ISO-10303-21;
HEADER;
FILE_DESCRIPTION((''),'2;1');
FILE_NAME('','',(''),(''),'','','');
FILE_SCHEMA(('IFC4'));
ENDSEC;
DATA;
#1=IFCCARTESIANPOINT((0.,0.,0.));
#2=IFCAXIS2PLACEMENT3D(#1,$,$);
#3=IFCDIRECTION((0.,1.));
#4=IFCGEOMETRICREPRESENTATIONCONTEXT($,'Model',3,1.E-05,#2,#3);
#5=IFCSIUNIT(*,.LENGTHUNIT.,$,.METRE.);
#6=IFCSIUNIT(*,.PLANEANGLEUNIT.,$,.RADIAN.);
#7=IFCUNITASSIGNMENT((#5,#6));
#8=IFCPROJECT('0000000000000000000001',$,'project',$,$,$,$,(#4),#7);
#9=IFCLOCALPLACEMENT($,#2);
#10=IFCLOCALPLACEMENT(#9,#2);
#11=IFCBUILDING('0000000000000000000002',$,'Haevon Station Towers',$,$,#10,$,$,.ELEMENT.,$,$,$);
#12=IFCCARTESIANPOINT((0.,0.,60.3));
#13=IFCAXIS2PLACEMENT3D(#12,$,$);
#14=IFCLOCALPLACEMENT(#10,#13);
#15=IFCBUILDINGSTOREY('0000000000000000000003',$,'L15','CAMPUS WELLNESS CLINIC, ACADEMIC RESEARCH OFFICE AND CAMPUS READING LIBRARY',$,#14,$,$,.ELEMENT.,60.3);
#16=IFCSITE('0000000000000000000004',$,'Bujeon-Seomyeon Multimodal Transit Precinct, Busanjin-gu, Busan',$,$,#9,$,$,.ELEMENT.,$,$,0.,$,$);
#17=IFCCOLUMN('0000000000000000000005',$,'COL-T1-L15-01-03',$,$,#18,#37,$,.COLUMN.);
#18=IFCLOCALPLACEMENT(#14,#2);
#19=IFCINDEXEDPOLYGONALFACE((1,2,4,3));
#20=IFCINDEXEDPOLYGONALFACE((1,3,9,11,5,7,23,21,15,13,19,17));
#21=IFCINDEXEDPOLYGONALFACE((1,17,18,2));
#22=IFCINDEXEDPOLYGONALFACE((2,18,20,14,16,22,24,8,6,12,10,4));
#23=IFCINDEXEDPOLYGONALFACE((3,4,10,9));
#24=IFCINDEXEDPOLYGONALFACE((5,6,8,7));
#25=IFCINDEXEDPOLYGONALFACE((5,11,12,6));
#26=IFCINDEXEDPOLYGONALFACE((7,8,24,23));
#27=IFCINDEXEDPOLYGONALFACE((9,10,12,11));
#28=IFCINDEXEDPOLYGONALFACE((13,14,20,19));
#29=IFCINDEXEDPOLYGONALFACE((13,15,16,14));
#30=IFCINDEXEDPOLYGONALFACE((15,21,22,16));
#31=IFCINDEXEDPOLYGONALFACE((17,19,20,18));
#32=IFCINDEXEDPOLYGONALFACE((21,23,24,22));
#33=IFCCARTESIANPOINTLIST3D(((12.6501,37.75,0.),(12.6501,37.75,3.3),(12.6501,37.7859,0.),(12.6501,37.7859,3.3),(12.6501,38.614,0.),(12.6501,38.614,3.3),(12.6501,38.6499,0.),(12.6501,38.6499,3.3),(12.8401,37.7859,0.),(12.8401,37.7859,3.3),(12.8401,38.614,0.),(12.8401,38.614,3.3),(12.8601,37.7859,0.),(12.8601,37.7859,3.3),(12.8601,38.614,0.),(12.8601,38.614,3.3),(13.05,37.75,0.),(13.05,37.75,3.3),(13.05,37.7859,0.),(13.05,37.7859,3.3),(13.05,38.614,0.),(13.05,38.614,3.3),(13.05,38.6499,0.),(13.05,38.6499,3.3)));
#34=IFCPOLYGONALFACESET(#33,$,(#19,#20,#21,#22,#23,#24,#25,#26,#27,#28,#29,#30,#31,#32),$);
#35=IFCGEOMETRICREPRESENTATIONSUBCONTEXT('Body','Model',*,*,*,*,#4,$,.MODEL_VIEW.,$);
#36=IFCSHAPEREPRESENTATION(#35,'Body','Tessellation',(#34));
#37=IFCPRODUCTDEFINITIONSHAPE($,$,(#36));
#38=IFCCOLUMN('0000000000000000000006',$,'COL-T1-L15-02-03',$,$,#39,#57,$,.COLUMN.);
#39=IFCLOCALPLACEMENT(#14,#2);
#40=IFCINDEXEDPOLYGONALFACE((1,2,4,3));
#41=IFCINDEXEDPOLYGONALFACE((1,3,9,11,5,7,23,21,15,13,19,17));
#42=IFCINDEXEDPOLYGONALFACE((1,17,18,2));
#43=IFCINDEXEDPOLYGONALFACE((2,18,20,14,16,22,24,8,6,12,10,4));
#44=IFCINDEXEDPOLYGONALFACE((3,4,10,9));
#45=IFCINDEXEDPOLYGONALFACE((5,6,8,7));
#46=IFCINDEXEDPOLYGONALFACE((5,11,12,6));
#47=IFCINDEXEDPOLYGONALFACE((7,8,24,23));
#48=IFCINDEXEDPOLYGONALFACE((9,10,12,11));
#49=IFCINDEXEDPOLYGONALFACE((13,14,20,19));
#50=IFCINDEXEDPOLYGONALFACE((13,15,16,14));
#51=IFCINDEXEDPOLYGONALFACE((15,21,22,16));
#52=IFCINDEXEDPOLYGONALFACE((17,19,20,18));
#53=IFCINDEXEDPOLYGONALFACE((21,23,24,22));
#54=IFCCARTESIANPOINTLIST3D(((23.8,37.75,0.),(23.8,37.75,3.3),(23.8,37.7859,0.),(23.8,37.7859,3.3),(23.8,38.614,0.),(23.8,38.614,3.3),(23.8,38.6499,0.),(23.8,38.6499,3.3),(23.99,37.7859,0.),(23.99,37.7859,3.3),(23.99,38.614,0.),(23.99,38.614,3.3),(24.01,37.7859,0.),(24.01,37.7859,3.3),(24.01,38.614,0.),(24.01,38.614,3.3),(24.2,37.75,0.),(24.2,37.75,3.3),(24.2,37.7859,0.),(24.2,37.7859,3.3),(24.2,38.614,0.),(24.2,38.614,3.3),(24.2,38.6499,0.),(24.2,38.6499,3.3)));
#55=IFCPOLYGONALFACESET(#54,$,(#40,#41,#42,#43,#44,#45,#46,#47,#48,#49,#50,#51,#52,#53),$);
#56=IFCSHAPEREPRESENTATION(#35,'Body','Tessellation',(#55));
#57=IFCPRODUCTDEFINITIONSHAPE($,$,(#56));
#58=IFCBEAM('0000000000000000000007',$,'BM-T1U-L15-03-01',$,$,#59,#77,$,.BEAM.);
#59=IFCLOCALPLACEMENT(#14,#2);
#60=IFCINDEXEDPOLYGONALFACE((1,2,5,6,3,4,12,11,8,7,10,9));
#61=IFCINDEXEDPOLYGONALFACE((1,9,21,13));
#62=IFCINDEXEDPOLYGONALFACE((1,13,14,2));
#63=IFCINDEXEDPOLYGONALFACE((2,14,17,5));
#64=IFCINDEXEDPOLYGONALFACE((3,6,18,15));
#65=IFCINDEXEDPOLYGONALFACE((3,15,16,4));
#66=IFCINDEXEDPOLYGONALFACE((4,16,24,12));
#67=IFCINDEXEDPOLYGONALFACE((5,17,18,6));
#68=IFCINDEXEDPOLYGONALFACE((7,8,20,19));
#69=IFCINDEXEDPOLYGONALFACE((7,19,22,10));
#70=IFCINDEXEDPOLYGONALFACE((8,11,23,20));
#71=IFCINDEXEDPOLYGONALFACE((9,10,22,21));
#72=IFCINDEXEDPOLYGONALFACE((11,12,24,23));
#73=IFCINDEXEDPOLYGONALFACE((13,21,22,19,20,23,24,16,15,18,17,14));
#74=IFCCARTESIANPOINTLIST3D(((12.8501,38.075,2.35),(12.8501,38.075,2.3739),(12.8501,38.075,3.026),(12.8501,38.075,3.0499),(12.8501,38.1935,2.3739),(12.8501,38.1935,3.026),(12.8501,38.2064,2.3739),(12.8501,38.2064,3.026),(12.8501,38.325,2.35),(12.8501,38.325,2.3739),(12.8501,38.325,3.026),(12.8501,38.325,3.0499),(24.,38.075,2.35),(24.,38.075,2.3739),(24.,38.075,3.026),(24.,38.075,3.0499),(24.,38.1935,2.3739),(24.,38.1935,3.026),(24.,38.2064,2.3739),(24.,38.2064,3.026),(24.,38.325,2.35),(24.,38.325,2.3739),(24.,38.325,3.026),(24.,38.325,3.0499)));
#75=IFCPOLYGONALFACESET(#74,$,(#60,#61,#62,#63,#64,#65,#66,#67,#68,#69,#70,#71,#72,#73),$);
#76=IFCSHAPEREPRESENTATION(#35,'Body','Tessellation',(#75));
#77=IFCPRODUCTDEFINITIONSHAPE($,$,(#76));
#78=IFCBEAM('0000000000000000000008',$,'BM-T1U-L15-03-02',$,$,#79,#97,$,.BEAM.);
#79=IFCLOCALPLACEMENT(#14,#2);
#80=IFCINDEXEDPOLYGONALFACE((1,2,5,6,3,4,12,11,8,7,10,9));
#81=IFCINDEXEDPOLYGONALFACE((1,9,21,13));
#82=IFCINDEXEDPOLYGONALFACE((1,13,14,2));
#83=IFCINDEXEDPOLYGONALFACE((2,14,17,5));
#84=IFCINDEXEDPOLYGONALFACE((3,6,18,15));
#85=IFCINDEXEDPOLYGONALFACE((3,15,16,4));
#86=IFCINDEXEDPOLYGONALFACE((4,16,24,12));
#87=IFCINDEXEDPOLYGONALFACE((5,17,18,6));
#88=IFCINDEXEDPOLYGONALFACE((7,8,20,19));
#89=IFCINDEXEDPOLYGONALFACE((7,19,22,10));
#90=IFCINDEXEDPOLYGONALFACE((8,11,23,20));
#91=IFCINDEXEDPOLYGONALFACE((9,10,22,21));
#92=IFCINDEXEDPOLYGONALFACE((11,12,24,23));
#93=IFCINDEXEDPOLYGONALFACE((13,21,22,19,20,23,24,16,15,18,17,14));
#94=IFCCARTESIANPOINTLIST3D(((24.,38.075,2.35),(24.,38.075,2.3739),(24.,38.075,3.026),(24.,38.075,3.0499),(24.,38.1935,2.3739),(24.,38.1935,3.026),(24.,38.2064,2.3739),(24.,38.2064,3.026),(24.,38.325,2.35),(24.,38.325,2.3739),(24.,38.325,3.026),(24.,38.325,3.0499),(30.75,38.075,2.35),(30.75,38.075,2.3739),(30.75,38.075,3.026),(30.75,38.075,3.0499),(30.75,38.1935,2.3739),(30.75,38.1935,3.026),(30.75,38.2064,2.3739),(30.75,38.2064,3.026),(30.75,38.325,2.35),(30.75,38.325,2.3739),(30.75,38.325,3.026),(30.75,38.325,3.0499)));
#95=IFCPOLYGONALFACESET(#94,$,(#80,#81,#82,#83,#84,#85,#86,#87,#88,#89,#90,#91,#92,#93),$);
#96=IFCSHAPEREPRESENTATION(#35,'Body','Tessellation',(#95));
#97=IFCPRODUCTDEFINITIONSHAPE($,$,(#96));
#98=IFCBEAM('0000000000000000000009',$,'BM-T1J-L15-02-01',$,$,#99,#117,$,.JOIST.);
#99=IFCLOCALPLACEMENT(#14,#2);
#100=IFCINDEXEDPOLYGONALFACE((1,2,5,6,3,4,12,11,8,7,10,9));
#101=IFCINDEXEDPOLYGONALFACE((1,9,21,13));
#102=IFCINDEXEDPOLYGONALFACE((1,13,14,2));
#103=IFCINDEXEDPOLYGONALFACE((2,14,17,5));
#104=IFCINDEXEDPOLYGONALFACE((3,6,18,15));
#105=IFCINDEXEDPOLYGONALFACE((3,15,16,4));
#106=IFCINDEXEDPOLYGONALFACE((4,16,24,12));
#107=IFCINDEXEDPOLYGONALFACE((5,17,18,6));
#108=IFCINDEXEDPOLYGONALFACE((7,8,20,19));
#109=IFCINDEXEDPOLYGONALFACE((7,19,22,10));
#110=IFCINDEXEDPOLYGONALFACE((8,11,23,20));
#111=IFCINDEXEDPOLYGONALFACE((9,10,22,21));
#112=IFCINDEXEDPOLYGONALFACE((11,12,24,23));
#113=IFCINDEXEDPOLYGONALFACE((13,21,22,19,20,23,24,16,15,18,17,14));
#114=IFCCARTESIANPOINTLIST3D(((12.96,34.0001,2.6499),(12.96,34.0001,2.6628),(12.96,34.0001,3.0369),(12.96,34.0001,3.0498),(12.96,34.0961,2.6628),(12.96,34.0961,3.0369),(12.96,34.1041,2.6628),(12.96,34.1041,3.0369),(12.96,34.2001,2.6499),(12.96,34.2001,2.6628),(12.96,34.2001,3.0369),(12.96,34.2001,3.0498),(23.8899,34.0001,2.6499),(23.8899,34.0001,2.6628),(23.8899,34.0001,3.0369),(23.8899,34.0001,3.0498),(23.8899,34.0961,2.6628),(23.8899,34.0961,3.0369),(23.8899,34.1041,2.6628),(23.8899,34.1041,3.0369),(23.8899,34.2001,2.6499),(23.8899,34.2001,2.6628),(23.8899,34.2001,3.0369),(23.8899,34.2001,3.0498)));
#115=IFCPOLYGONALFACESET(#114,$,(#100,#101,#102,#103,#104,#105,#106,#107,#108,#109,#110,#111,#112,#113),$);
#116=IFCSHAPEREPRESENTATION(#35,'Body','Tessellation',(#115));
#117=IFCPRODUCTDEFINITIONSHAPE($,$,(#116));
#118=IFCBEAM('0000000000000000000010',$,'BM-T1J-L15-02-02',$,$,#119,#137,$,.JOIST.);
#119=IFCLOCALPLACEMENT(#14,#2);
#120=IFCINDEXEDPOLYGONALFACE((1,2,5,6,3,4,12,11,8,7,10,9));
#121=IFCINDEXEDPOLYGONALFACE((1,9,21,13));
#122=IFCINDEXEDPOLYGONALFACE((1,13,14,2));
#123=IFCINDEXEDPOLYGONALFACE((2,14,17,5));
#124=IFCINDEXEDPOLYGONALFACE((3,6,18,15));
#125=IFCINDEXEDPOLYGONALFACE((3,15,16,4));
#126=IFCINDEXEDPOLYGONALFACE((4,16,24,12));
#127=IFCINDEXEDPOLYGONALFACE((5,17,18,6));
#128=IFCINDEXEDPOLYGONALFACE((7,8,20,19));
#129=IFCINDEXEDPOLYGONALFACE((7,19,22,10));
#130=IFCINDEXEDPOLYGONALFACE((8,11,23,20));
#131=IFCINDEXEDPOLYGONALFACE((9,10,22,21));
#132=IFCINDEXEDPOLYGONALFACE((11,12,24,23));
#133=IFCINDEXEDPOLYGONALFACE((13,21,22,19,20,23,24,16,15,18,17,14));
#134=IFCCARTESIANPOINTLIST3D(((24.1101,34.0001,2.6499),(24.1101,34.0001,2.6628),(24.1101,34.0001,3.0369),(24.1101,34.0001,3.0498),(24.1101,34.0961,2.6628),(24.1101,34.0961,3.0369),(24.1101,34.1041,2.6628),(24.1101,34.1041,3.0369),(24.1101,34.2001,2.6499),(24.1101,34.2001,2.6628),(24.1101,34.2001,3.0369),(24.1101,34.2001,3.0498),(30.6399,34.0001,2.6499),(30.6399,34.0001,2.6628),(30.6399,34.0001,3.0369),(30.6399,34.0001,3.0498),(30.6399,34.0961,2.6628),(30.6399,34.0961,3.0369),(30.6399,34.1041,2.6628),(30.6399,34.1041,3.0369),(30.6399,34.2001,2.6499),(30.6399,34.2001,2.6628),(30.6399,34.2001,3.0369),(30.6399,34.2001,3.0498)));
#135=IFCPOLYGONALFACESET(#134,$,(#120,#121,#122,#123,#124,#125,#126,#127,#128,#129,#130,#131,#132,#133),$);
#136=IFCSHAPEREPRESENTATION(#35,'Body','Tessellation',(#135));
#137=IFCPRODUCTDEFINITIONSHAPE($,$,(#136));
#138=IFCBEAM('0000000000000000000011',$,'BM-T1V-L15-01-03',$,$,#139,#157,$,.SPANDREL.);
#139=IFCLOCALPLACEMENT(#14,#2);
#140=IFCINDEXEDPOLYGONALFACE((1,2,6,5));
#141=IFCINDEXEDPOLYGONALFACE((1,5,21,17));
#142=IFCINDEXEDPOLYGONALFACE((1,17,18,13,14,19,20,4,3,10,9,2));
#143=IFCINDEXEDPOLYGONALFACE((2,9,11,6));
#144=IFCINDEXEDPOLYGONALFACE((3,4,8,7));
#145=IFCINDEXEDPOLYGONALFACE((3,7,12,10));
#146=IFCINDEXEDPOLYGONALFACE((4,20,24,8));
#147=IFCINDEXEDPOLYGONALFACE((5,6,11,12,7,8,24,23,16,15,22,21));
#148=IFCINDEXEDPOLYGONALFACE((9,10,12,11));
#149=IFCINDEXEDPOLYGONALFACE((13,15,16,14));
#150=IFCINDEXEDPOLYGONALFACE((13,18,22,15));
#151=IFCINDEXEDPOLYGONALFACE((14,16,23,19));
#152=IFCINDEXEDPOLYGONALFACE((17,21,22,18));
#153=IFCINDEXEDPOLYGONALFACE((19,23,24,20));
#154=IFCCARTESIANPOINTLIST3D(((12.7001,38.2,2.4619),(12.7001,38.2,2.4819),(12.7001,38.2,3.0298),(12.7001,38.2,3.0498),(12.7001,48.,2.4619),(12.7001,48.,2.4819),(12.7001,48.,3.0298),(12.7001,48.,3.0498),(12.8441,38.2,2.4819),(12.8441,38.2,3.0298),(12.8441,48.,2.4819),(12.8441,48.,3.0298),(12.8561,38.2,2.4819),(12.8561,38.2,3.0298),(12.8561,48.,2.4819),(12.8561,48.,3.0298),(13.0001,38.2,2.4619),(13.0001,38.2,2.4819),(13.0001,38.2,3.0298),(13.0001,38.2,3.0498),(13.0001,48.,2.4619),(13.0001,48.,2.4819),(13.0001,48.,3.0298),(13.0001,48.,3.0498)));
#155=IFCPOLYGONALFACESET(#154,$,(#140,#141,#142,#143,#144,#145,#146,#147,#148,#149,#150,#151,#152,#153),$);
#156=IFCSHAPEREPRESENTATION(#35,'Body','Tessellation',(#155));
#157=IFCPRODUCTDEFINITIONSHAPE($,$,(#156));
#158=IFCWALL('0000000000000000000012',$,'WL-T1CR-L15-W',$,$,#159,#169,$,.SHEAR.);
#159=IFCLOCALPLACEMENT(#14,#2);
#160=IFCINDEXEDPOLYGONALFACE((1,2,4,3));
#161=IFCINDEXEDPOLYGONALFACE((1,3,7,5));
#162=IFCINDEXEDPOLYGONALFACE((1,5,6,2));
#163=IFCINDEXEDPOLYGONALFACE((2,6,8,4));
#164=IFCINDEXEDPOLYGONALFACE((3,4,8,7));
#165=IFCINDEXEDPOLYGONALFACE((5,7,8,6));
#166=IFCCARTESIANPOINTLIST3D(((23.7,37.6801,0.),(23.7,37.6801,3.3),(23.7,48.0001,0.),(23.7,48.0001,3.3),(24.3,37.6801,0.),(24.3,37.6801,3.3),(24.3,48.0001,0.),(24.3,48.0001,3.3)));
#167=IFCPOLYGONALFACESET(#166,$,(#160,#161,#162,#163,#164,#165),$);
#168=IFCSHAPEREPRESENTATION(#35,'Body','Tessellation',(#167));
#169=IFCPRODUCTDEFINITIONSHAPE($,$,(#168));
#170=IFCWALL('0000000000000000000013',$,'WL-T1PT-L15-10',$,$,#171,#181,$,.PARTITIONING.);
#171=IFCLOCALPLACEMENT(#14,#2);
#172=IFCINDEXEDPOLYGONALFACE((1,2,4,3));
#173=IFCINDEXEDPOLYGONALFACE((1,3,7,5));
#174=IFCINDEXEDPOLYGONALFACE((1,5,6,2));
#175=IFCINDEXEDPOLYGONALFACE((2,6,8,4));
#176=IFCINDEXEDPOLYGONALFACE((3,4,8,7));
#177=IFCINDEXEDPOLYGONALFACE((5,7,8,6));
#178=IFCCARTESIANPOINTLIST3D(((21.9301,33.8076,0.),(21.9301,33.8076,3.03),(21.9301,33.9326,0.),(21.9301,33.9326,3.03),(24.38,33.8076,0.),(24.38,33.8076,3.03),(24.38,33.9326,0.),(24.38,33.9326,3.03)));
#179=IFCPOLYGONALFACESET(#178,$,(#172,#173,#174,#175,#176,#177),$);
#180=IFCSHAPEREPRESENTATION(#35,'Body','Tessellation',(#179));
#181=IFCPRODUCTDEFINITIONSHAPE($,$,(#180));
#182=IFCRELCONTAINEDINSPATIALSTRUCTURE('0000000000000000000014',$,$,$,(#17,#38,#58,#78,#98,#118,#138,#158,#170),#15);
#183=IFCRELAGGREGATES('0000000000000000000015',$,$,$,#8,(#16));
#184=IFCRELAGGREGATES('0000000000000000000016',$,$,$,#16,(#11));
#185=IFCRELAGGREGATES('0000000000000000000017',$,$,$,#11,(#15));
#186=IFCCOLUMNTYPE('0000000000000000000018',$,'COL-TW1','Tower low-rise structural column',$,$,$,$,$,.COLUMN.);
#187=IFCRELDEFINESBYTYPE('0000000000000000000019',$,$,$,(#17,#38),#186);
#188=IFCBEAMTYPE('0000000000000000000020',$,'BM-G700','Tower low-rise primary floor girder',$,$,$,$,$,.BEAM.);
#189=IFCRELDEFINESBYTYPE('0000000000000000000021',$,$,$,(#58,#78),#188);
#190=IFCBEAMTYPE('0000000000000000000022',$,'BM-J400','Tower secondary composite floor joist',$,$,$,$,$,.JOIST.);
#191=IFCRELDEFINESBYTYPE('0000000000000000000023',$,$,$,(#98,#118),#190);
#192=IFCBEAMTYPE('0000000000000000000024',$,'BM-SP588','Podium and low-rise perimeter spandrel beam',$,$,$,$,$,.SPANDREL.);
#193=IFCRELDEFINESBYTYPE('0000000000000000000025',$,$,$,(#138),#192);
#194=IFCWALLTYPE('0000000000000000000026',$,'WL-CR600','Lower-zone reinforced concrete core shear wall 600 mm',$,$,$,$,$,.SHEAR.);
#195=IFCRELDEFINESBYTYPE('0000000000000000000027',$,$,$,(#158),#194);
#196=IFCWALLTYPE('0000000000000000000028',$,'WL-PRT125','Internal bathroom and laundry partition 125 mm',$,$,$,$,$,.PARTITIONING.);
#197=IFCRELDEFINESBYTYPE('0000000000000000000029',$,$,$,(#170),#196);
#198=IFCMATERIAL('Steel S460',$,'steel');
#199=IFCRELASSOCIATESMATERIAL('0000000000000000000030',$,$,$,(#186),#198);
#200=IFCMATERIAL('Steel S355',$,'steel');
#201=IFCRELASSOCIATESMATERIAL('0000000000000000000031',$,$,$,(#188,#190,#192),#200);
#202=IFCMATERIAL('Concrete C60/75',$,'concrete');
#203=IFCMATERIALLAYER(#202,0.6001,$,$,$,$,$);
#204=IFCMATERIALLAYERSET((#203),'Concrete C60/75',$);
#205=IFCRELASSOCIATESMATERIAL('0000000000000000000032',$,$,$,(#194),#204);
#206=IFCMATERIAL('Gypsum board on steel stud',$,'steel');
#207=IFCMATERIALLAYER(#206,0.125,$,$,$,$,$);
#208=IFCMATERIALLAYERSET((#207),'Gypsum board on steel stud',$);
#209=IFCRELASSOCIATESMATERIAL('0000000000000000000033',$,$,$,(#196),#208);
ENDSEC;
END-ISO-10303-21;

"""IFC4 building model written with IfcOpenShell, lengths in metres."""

from ifc_helpers import new_model, si_unit, direction, frame, frame_2d, origin, origin_2d, place, context, subcontext, project, spatial, rectangle, i_section, extrude, material, layer, layer_set, material_profile, profile_set, type_object, element, save


model = new_model("IFC4")

# Units and contexts
model_context = context("Model", 3, precision=1e-05, world=origin(), true_north=direction((0.0, 1.0)))
body_context = subcontext(model_context, "Body", "Model", "MODEL_VIEW")
ifc_project = project(units=[si_unit("LENGTHUNIT", "METRE"), si_unit("PLANEANGLEUNIT", "RADIAN")], contexts=[model_context])

# Site, building, storey
site_placement = place(None, origin())
site = spatial("IfcSite", under=ifc_project, at=site_placement, Name="Bujeon-Seomyeon Multimodal Transit Precinct, Busanjin-gu, Busan", CompositionType="ELEMENT", RefElevation=0.0)
building_placement = place(site_placement, origin())
building = spatial("IfcBuilding", under=site, at=building_placement, Name="Haevon Station Towers", CompositionType="ELEMENT")
storey_placement = place(building_placement, frame((0.0, 0.0, 60.3)))
storey = spatial("IfcBuildingStorey", under=building, at=storey_placement, Name="L15", Description="CAMPUS WELLNESS CLINIC, ACADEMIC RESEARCH OFFICE AND CAMPUS READING LIBRARY", CompositionType="ELEMENT", Elevation=60.3)

# Columns
ifc_material_1 = material(Name="Steel S460", Category="steel")
ifc_material_profile_1 = material_profile(ifc_material_1, i_section(OverallWidth=0.3999, OverallDepth=0.8999, WebThickness=0.02, FlangeThickness=0.0359, at=origin_2d()), Name="H-900x400x20x36")
ifc_profile_set_1 = profile_set([ifc_material_profile_1], Name="Steel S460")
column_type = type_object("IfcColumnType", Name="COL-TW1", Description="Tower low-rise structural column", PredefinedType="COLUMN", material=ifc_profile_set_1)
for number, where, z_axis, x_axis, name in (
    (1, (12.8501, 38.2, 0.0), (0.0, 0.0, 1.0), (1.0, 0.0, 0.0), "COL-T1-L15-01-03"),
    (2, (24.0, 38.2, 0.0), (0.0, 0.0, 1.0), (1.0, 0.0, 0.0), "COL-T1-L15-02-03"),
):
    element("IfcColumn", number, at=place(storey_placement, frame(where, z_axis=z_axis, x_axis=x_axis)), inside=storey, type_object=column_type, Name=name, PredefinedType="COLUMN", context=body_context, shape_type="SweptSolid", body=[
        extrude(i_section(OverallWidth=0.3999, OverallDepth=0.8999, WebThickness=0.02, FlangeThickness=0.0359, at=origin_2d()), origin(), (0.0, 0.0, 1.0), 3.3),
    ])

# Beams
ifc_material_2 = material(Name="Steel S355", Category="steel")
ifc_material_profile_2 = material_profile(ifc_material_2, i_section(OverallWidth=0.25, OverallDepth=0.7, WebThickness=0.0129, FlangeThickness=0.0239, at=origin_2d()), Name="H-700x250x13x24")
ifc_profile_set_2 = profile_set([ifc_material_profile_2], Name="Steel S355")
beam_type_1 = type_object("IfcBeamType", Name="BM-G700", Description="Tower low-rise primary floor girder", PredefinedType="BEAM", material=ifc_profile_set_2)
beam_1_placement = place(storey_placement, frame((12.8501, 38.2, 2.7), z_axis=(1.0, 0.0, 0.0), x_axis=(0.0, 1.0, 0.0)))
element("IfcBeam", 3, at=beam_1_placement, inside=storey, type_object=beam_type_1, Name="BM-T1U-L15-03-01", PredefinedType="BEAM", context=body_context, shape_type="SweptSolid", body=[
    extrude(i_section(OverallWidth=0.25, OverallDepth=0.7, WebThickness=0.0129, FlangeThickness=0.0239, at=origin_2d()), origin(), (0.0, 0.0, 1.0), 11.1499),
])
beam_2_placement = place(storey_placement, frame((24.0, 38.2, 2.7), z_axis=(1.0, 0.0, 0.0), x_axis=(0.0, 1.0, 0.0)))
element("IfcBeam", 4, at=beam_2_placement, inside=storey, type_object=beam_type_1, Name="BM-T1U-L15-03-02", PredefinedType="BEAM", context=body_context, shape_type="SweptSolid", body=[
    extrude(i_section(OverallWidth=0.25, OverallDepth=0.7, WebThickness=0.0129, FlangeThickness=0.0239, at=origin_2d()), origin(), (0.0, 0.0, 1.0), 6.75),
])
ifc_material_profile_3 = material_profile(ifc_material_2, i_section(OverallWidth=0.2, OverallDepth=0.3999, WebThickness=0.0081, FlangeThickness=0.0129, at=origin_2d()), Name="H-400x200x8x13")
ifc_profile_set_3 = profile_set([ifc_material_profile_3], Name="Steel S355")
beam_type_2 = type_object("IfcBeamType", Name="BM-J400", Description="Tower secondary composite floor joist", PredefinedType="JOIST", material=ifc_profile_set_3)
beam_3_placement = place(storey_placement, frame((12.96, 34.1001, 2.8499), z_axis=(1.0, 0.0, 0.0), x_axis=(0.0, 1.0, 0.0)))
element("IfcBeam", 5, at=beam_3_placement, inside=storey, type_object=beam_type_2, Name="BM-T1J-L15-02-01", PredefinedType="JOIST", context=body_context, shape_type="SweptSolid", body=[
    extrude(i_section(OverallWidth=0.2, OverallDepth=0.3999, WebThickness=0.0081, FlangeThickness=0.0129, at=origin_2d()), origin(), (0.0, 0.0, 1.0), 10.9299),
])
beam_4_placement = place(storey_placement, frame((24.1101, 34.1001, 2.8499), z_axis=(1.0, 0.0, 0.0), x_axis=(0.0, 1.0, 0.0)))
element("IfcBeam", 6, at=beam_4_placement, inside=storey, type_object=beam_type_2, Name="BM-T1J-L15-02-02", PredefinedType="JOIST", context=body_context, shape_type="SweptSolid", body=[
    extrude(i_section(OverallWidth=0.2, OverallDepth=0.3999, WebThickness=0.0081, FlangeThickness=0.0129, at=origin_2d()), origin(), (0.0, 0.0, 1.0), 6.5298),
])
ifc_material_profile_4 = material_profile(ifc_material_2, i_section(OverallWidth=0.3, OverallDepth=0.5879, WebThickness=0.012, FlangeThickness=0.02, at=origin_2d()), Name="H-588x300x12x20")
ifc_profile_set_4 = profile_set([ifc_material_profile_4], Name="Steel S355")
beam_type_3 = type_object("IfcBeamType", Name="BM-SP588", Description="Podium and low-rise perimeter spandrel beam", PredefinedType="SPANDREL", material=ifc_profile_set_4)
beam_5_placement = place(storey_placement, frame((12.8501, 38.2, 2.7559), z_axis=(0.0, 1.0, 0.0), x_axis=(-1.0, 0.0, 0.0)))
element("IfcBeam", 7, at=beam_5_placement, inside=storey, type_object=beam_type_3, Name="BM-T1V-L15-01-03", PredefinedType="SPANDREL", context=body_context, shape_type="SweptSolid", body=[
    extrude(i_section(OverallWidth=0.3, OverallDepth=0.5879, WebThickness=0.012, FlangeThickness=0.02, at=origin_2d()), origin(), (0.0, 0.0, 1.0), 9.8),
])

# Walls
ifc_material_3 = material(Name="Concrete C60/75", Category="concrete")
ifc_layer_1 = layer(ifc_material_3, 0.6001)
ifc_layer_set_1 = layer_set([ifc_layer_1], Name="Concrete C60/75")
wall_type_1 = type_object("IfcWallType", Name="WL-CR600", Description="Lower-zone reinforced concrete core shear wall 600 mm", PredefinedType="SHEAR", material=ifc_layer_set_1)
wall_1_placement = place(storey_placement, frame((24.0, 37.6799, 0.0), z_axis=(0.0, 0.0, 1.0), x_axis=(0.0, 1.0, 0.0)))
element("IfcWall", 8, at=wall_1_placement, inside=storey, type_object=wall_type_1, Name="WL-T1CR-L15-W", PredefinedType="SHEAR", context=body_context, shape_type="SweptSolid", body=[
    extrude(rectangle(XDim=10.3201, YDim=0.6001, at=frame_2d((5.1602, 0.0))), origin(), (0.0, 0.0, 1.0), 3.3),
])
ifc_material_4 = material(Name="Gypsum board on steel stud", Category="steel")
ifc_layer_2 = layer(ifc_material_4, 0.125)
ifc_layer_set_2 = layer_set([ifc_layer_2], Name="Gypsum board on steel stud")
wall_type_2 = type_object("IfcWallType", Name="WL-PRT125", Description="Internal bathroom and laundry partition 125 mm", PredefinedType="PARTITIONING", material=ifc_layer_set_2)
wall_2_placement = place(storey_placement, frame((21.9299, 33.8701, 0.0), z_axis=(0.0, 0.0, 1.0), x_axis=(1.0, 0.0, 0.0)))
element("IfcWall", 9, at=wall_2_placement, inside=storey, type_object=wall_type_2, Name="WL-T1PT-L15-10", PredefinedType="PARTITIONING", context=body_context, shape_type="SweptSolid", body=[
    extrude(rectangle(XDim=2.45, YDim=0.125, at=frame_2d((1.2251, 0.0))), origin(), (0.0, 0.0, 1.0), 3.03),
])

save(model, "model.ifc")
